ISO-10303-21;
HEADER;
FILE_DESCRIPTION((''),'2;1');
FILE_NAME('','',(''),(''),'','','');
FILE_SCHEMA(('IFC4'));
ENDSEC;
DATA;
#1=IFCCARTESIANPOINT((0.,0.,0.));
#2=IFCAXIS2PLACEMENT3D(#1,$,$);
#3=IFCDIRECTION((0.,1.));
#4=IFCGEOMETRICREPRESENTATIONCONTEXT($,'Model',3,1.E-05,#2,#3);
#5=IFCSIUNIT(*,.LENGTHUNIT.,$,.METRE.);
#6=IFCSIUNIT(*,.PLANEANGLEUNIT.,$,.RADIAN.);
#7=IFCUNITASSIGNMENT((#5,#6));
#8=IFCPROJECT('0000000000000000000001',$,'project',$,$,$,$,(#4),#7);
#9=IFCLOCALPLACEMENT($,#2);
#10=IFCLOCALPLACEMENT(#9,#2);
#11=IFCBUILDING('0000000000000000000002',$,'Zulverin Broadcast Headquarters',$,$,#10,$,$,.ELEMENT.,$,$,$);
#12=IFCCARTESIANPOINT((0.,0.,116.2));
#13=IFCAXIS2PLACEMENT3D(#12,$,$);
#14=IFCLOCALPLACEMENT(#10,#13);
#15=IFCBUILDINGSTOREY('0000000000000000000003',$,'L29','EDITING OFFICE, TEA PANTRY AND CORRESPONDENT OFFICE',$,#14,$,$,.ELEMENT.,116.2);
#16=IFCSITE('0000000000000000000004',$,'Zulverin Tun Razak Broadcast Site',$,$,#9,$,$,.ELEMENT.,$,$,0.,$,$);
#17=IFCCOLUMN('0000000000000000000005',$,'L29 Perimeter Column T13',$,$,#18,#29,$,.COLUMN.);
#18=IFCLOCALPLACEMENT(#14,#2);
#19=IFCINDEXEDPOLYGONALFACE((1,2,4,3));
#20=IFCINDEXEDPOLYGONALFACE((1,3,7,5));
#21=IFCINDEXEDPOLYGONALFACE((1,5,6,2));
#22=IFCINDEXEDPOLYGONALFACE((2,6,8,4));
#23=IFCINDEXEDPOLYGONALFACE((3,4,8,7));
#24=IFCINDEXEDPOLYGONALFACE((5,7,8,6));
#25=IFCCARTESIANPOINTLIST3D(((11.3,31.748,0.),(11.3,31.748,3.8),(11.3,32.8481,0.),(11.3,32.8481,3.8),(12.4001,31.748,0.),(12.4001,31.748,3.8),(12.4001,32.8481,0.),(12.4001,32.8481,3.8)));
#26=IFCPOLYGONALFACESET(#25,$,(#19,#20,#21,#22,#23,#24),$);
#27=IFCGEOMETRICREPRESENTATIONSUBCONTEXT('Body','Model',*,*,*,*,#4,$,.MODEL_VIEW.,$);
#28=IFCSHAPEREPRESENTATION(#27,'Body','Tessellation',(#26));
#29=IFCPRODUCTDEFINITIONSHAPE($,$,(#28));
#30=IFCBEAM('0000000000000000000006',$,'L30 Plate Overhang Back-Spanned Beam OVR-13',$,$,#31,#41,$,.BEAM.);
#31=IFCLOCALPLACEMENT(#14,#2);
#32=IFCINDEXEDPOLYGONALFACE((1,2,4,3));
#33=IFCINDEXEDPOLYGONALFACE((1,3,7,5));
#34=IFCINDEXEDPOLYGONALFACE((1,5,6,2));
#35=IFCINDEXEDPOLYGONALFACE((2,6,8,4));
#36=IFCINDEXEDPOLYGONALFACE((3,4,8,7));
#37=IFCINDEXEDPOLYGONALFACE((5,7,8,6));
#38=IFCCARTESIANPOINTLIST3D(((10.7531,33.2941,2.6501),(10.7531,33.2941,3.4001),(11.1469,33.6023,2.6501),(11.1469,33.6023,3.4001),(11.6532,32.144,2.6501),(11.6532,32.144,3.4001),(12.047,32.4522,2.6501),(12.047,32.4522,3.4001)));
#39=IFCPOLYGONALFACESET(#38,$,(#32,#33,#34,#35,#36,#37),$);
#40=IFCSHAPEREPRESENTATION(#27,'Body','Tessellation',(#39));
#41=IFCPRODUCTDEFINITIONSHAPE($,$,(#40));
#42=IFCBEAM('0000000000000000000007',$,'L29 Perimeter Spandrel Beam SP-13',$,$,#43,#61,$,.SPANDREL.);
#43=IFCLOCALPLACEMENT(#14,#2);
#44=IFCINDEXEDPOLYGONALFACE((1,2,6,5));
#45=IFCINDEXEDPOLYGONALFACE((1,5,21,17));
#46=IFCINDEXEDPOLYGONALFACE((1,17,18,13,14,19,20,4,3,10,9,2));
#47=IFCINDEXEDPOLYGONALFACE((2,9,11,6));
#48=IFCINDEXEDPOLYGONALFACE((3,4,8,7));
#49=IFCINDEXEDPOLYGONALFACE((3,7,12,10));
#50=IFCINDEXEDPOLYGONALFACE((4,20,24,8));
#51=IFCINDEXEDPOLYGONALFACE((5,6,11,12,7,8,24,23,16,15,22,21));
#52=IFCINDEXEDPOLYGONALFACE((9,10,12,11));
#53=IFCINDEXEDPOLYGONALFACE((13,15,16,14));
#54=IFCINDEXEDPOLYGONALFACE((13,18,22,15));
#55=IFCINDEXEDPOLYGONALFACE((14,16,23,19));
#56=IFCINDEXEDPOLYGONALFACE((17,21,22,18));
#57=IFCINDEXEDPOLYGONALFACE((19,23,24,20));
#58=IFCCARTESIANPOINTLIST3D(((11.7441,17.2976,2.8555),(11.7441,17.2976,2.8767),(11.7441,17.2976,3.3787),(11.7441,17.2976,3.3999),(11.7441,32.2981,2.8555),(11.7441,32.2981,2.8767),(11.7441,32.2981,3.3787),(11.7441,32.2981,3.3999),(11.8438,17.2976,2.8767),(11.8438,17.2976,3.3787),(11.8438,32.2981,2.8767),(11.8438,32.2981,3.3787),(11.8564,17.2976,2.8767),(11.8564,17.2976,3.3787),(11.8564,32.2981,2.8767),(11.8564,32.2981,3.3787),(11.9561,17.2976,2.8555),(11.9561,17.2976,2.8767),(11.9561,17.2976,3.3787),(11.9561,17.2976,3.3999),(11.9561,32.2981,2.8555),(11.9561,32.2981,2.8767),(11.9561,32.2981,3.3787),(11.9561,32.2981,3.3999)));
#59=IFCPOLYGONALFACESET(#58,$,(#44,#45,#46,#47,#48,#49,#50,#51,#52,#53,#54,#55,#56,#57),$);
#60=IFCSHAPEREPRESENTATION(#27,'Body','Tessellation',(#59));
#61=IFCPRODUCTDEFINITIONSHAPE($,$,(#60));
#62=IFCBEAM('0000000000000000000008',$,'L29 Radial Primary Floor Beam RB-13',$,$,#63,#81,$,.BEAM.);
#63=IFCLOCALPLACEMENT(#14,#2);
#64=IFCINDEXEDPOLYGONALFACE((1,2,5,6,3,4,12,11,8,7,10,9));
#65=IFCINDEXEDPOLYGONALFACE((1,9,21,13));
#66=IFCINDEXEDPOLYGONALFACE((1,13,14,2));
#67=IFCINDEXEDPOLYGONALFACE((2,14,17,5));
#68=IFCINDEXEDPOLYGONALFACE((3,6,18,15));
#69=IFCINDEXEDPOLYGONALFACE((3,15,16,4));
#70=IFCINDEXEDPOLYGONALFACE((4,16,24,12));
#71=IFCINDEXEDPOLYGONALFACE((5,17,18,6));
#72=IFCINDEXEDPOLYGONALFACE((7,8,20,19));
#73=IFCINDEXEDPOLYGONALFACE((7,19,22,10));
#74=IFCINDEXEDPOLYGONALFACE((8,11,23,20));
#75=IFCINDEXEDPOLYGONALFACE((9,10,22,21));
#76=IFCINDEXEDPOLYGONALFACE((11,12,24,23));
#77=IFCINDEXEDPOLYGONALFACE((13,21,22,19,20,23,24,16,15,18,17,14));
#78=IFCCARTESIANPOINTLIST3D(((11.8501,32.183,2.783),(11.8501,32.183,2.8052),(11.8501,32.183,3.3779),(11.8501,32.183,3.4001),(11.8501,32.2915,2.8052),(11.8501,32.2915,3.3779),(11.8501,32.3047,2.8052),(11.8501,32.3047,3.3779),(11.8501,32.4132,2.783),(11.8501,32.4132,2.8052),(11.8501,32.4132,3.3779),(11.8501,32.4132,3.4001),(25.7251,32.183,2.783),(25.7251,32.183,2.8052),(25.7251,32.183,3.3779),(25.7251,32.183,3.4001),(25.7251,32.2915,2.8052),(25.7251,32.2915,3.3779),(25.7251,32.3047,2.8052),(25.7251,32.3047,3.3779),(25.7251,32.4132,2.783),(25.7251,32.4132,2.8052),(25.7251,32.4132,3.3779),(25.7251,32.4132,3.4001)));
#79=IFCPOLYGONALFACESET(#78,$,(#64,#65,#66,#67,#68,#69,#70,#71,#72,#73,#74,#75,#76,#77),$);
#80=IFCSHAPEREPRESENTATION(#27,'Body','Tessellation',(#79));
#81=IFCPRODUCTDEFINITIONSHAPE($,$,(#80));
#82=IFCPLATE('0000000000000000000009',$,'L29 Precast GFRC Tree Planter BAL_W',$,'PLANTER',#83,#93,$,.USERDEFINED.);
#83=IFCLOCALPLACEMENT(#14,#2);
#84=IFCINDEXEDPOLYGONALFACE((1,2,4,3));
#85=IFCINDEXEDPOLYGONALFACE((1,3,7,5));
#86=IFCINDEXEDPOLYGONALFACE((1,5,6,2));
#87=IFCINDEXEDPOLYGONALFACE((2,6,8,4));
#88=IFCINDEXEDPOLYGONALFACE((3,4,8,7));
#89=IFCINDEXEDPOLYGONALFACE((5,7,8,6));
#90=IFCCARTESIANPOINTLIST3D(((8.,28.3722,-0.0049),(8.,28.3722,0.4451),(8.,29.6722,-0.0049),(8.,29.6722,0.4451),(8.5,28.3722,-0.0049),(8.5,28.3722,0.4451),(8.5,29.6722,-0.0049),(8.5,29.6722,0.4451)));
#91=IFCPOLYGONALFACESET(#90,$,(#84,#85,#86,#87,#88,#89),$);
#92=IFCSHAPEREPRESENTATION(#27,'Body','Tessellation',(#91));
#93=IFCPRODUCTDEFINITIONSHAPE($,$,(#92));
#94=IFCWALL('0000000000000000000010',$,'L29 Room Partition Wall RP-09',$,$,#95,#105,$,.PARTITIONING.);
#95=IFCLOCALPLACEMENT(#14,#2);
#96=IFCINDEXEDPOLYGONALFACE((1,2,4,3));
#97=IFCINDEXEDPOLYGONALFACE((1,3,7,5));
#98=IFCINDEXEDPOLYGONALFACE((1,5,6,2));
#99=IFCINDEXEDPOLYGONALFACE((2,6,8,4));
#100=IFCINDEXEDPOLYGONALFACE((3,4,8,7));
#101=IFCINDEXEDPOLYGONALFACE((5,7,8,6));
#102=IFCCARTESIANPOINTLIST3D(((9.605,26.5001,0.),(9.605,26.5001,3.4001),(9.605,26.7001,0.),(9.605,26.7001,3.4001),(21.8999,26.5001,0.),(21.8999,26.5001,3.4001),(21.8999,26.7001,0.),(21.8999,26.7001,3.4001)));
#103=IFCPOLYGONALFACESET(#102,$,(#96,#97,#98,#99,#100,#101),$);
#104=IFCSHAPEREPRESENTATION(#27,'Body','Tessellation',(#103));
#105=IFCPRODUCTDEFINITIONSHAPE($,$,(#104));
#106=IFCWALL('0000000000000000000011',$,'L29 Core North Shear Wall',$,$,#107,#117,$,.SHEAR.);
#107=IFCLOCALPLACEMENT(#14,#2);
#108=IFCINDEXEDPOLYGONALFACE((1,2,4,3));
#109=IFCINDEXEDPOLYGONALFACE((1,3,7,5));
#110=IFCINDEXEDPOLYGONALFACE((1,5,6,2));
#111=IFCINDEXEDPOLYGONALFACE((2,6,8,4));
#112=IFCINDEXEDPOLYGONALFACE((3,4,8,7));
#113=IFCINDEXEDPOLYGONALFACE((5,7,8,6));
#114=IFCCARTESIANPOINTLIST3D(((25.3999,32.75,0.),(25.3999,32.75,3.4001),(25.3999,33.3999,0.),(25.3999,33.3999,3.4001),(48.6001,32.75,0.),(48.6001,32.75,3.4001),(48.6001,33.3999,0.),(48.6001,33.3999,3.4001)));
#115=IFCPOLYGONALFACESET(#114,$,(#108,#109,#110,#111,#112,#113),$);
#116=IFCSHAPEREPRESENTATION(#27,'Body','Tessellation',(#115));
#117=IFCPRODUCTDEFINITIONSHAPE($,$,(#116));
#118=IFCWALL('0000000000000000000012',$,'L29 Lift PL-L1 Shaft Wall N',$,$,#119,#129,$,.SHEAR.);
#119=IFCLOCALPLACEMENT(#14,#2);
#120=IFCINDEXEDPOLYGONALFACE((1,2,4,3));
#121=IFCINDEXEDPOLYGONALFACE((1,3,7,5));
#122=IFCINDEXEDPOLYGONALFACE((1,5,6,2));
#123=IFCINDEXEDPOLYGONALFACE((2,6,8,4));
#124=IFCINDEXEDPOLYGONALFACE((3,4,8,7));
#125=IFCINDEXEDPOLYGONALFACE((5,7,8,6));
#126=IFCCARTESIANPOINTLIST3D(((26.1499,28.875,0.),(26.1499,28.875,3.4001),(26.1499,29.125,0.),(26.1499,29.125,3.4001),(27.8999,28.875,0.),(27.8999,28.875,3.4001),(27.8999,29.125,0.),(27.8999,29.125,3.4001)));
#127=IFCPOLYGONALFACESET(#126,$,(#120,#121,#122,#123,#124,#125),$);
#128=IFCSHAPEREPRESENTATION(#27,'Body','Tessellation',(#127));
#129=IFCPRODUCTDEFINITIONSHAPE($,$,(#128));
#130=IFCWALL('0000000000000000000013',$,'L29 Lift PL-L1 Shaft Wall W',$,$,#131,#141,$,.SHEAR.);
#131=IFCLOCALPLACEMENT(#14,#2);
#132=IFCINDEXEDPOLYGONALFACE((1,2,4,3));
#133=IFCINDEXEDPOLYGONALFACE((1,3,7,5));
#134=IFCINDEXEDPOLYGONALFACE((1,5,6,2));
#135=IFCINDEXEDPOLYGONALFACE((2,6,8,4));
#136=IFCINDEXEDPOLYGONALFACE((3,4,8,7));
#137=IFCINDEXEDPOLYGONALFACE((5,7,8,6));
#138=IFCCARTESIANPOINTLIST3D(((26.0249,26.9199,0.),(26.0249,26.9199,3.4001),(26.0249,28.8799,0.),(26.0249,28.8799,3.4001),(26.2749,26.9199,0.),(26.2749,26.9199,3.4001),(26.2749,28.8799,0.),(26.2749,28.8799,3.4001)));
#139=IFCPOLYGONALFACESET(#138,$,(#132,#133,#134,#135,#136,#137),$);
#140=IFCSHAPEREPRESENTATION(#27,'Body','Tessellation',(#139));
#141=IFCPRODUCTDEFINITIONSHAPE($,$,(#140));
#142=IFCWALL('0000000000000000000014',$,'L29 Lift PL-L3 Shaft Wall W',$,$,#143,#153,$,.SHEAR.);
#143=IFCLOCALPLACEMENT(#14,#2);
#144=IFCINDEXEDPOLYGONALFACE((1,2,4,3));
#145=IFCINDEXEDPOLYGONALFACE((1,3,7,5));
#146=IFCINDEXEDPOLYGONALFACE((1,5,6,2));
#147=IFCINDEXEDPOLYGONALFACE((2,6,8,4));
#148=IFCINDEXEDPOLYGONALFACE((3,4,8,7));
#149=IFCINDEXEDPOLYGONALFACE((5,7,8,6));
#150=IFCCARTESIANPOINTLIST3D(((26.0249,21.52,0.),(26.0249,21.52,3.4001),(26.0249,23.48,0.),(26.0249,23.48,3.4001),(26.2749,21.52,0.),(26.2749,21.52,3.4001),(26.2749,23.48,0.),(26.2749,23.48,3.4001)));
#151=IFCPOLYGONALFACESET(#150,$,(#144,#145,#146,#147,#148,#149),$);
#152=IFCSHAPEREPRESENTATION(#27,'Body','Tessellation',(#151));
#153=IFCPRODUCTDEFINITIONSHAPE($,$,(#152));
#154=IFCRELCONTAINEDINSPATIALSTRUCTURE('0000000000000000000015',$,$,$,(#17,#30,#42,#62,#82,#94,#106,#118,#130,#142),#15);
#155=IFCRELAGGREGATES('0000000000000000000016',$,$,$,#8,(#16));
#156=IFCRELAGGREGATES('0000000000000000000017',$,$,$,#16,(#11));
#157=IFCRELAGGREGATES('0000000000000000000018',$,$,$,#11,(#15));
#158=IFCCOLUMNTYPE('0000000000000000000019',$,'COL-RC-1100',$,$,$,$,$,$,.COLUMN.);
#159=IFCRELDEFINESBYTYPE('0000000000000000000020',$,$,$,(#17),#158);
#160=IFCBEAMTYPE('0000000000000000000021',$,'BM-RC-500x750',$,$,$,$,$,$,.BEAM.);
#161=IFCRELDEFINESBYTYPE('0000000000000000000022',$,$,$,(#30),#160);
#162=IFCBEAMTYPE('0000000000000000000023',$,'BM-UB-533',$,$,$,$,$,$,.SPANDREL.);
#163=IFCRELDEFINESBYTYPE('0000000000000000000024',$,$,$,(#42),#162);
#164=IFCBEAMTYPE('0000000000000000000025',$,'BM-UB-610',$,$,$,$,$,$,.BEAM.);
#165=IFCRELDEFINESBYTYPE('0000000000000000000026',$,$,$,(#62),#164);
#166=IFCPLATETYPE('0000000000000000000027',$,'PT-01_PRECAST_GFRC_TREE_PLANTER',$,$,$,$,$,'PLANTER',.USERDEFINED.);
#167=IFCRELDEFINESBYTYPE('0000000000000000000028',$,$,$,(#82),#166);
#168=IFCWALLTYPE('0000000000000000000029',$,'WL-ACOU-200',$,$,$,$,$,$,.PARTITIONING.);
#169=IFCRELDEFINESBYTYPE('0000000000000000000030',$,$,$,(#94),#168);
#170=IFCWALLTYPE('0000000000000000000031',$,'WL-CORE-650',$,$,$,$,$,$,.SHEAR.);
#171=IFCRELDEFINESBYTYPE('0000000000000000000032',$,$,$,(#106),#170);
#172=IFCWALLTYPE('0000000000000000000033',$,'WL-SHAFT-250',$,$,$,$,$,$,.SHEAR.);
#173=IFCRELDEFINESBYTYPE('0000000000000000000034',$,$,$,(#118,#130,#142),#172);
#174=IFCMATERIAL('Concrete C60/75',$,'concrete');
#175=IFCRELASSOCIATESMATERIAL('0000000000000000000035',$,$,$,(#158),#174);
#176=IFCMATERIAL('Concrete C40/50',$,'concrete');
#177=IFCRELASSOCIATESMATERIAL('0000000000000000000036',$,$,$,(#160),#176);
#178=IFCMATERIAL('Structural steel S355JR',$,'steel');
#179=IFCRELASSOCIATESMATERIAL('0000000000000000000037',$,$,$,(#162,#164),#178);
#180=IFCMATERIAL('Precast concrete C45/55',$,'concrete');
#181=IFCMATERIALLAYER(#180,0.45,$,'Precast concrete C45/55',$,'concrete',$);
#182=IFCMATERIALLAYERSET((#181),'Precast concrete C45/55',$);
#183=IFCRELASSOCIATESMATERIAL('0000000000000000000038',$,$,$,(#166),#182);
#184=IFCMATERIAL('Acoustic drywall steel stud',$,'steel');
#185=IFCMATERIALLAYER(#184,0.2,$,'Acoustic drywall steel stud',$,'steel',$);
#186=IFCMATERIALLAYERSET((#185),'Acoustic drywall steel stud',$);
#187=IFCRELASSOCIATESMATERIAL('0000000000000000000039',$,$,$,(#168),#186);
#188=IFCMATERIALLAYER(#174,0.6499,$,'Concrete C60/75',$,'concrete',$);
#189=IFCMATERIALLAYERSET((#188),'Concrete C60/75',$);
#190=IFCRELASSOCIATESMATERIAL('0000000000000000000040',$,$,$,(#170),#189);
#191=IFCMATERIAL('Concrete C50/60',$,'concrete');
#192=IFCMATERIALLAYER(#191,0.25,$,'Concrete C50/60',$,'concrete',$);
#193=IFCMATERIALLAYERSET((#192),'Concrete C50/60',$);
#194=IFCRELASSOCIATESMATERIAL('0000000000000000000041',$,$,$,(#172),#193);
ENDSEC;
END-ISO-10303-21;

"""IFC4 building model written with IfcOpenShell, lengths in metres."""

from ifc_helpers import new_model, si_unit, direction, frame, frame_2d, origin, origin_2d, place, context, subcontext, project, spatial, rectangle, i_section, extrude, material, layer, layer_set, material_profile, profile_set, type_object, element, save


model = new_model("IFC4")

# Units and contexts
model_context = context("Model", 3, precision=1e-05, world=origin(), true_north=direction((0.0, 1.0)))
body_context = subcontext(model_context, "Body", "Model", "MODEL_VIEW")
ifc_project = project(units=[si_unit("LENGTHUNIT", "METRE"), si_unit("PLANEANGLEUNIT", "RADIAN")], contexts=[model_context])

# Site, building, storey
site_placement = place(None, origin())
site = spatial("IfcSite", under=ifc_project, at=site_placement, Name="Zulverin Tun Razak Broadcast Site", CompositionType="ELEMENT", RefElevation=0.0)
building_placement = place(site_placement, origin())
building = spatial("IfcBuilding", under=site, at=building_placement, Name="Zulverin Broadcast Headquarters", CompositionType="ELEMENT")
storey_placement = place(building_placement, frame((0.0, 0.0, 116.2)))
storey = spatial("IfcBuildingStorey", under=building, at=storey_placement, Name="L29", Description="EDITING OFFICE, TEA PANTRY AND CORRESPONDENT OFFICE", CompositionType="ELEMENT", Elevation=116.2)

# Column
ifc_material_1 = material(Name="Concrete C60/75", Category="concrete")
ifc_material_profile_1 = material_profile(ifc_material_1, rectangle(XDim=1.1001, YDim=1.1001, at=origin_2d()), Name="Concrete C60/75", Category="concrete")
ifc_profile_set_1 = profile_set([ifc_material_profile_1], Name="Concrete C60/75")
column_type = type_object("IfcColumnType", Name="COL-RC-1100", PredefinedType="COLUMN", material=ifc_profile_set_1)
column_placement = place(storey_placement, frame((11.8501, 32.2981, 0.0), z_axis=(0.0, 0.0, 1.0), x_axis=(1.0, 0.0, 0.0)))
element("IfcColumn", 1, at=column_placement, inside=storey, type_object=column_type, Name="L29 Perimeter Column T13", PredefinedType="COLUMN", context=body_context, shape_type="SweptSolid", body=[
    extrude(rectangle(XDim=1.1001, YDim=1.1001, at=origin_2d()), origin(), (0.0, 0.0, 1.0), 3.8),
])

# Beams
ifc_material_2 = material(Name="Concrete C40/50", Category="concrete")
ifc_material_profile_2 = material_profile(ifc_material_2, rectangle(XDim=0.5, YDim=0.75, at=origin_2d()), Name="Concrete C40/50", Category="concrete")
ifc_profile_set_2 = profile_set([ifc_material_profile_2], Name="Concrete C40/50")
beam_type_1 = type_object("IfcBeamType", Name="BM-RC-500x750", PredefinedType="BEAM", material=ifc_profile_set_2)
beam_1_placement = place(storey_placement, frame((11.8501, 32.2981, 3.0251), z_axis=(-0.616322, 0.787494, 0.0), x_axis=(-0.787494, -0.616322, 0.0)))
element("IfcBeam", 2, at=beam_1_placement, inside=storey, type_object=beam_type_1, Name="L30 Plate Overhang Back-Spanned Beam OVR-13", PredefinedType="BEAM", context=body_context, shape_type="SweptSolid", body=[
    extrude(rectangle(XDim=0.5, YDim=0.75, at=origin_2d()), origin(), (0.0, 0.0, 1.0), 1.4604),
])
ifc_material_3 = material(Name="Structural steel S355JR", Category="steel")
ifc_material_profile_3 = material_profile(ifc_material_3, i_section(OverallWidth=0.2119, OverallDepth=0.5444, WebThickness=0.0127, FlangeThickness=0.0212, at=origin_2d()), Name="Structural steel S355JR", Category="steel")
ifc_profile_set_3 = profile_set([ifc_material_profile_3], Name="Structural steel S355JR")
beam_type_2 = type_object("IfcBeamType", Name="BM-UB-533", PredefinedType="SPANDREL", material=ifc_profile_set_3)
beam_2_placement = place(storey_placement, frame((11.8501, 32.2981, 3.1277), z_axis=(0.0, -1.0, 0.0), x_axis=(1.0, 0.0, 0.0)))
element("IfcBeam", 3, at=beam_2_placement, inside=storey, type_object=beam_type_2, Name="L29 Perimeter Spandrel Beam SP-13", PredefinedType="SPANDREL", context=body_context, shape_type="SweptSolid", body=[
    extrude(i_section(OverallWidth=0.2119, OverallDepth=0.5444, WebThickness=0.0127, FlangeThickness=0.0212, at=origin_2d()), origin(), (0.0, 0.0, 1.0), 15.0005),
])
ifc_material_profile_4 = material_profile(ifc_material_3, i_section(OverallWidth=0.2302, OverallDepth=0.6172, WebThickness=0.0132, FlangeThickness=0.0222, at=origin_2d()), Name="Structural steel S355JR", Category="steel")
ifc_profile_set_4 = profile_set([ifc_material_profile_4], Name="Structural steel S355JR")
beam_type_3 = type_object("IfcBeamType", Name="BM-UB-610", PredefinedType="BEAM", material=ifc_profile_set_4)
beam_3_placement = place(storey_placement, frame((25.7251, 32.2981, 3.0916), z_axis=(-1.0, 0.0, 0.0), x_axis=(0.0, -1.0, 0.0)))
element("IfcBeam", 4, at=beam_3_placement, inside=storey, type_object=beam_type_3, Name="L29 Radial Primary Floor Beam RB-13", PredefinedType="BEAM", context=body_context, shape_type="SweptSolid", body=[
    extrude(i_section(OverallWidth=0.2302, OverallDepth=0.6172, WebThickness=0.0132, FlangeThickness=0.0222, at=origin_2d()), origin(), (0.0, 0.0, 1.0), 13.875),
])

# Plate
ifc_material_4 = material(Name="Precast concrete C45/55", Category="concrete")
ifc_layer_1 = layer(ifc_material_4, 0.45, Name="Precast concrete C45/55", Category="concrete")
ifc_layer_set_1 = layer_set([ifc_layer_1], Name="Precast concrete C45/55")
plate_type = type_object("IfcPlateType", Name="PT-01_PRECAST_GFRC_TREE_PLANTER", ElementType="PLANTER", PredefinedType="USERDEFINED", material=ifc_layer_set_1)
plate_placement = place(storey_placement, frame((8.25, 29.0222, -0.0049), z_axis=(0.0, 0.0, 1.0), x_axis=(0.0, 1.0, 0.0)))
element("IfcPlate", 5, at=plate_placement, inside=storey, type_object=plate_type, Name="L29 Precast GFRC Tree Planter BAL_W", ObjectType="PLANTER", PredefinedType="USERDEFINED", context=body_context, shape_type="SweptSolid", body=[
    extrude(rectangle(XDim=1.3, YDim=0.5, at=origin_2d()), origin(), (0.0, 0.0, 1.0), 0.45),
])

# Walls
ifc_material_5 = material(Name="Acoustic drywall steel stud", Category="steel")
ifc_layer_2 = layer(ifc_material_5, 0.2, Name="Acoustic drywall steel stud", Category="steel")
ifc_layer_set_2 = layer_set([ifc_layer_2], Name="Acoustic drywall steel stud")
wall_type_1 = type_object("IfcWallType", Name="WL-ACOU-200", PredefinedType="PARTITIONING", material=ifc_layer_set_2)
wall_1_placement = place(storey_placement, frame((9.605, 26.6001, 0.0), z_axis=(0.0, 0.0, 1.0), x_axis=(1.0, 0.0, 0.0)))
element("IfcWall", 6, at=wall_1_placement, inside=storey, type_object=wall_type_1, Name="L29 Room Partition Wall RP-09", PredefinedType="PARTITIONING", context=body_context, shape_type="SweptSolid", body=[
    extrude(rectangle(XDim=12.2949, YDim=0.2, at=frame_2d((6.1475, 0.0))), origin(), (0.0, 0.0, 1.0), 3.4001),
])
ifc_layer_3 = layer(ifc_material_1, 0.6499, Name="Concrete C60/75", Category="concrete")
ifc_layer_set_3 = layer_set([ifc_layer_3], Name="Concrete C60/75")
wall_type_2 = type_object("IfcWallType", Name="WL-CORE-650", PredefinedType="SHEAR", material=ifc_layer_set_3)
wall_2_placement = place(storey_placement, frame((25.3999, 33.075, 0.0), z_axis=(0.0, 0.0, 1.0), x_axis=(1.0, 0.0, 0.0)))
element("IfcWall", 7, at=wall_2_placement, inside=storey, type_object=wall_type_2, Name="L29 Core North Shear Wall", PredefinedType="SHEAR", context=body_context, shape_type="SweptSolid", body=[
    extrude(rectangle(XDim=23.2002, YDim=0.6499, at=frame_2d((11.6001, 0.0))), origin(), (0.0, 0.0, 1.0), 3.4001),
])

# Shared definitions
ifc_material_6 = material(Name="Concrete C50/60", Category="concrete")
ifc_layer_4 = layer(ifc_material_6, 0.25, Name="Concrete C50/60", Category="concrete")
ifc_layer_set_4 = layer_set([ifc_layer_4], Name="Concrete C50/60")
wall_type_3 = type_object("IfcWallType", Name="WL-SHAFT-250", PredefinedType="SHEAR", material=ifc_layer_set_4)

# Walls
wall_3_placement = place(storey_placement, frame((26.1499, 29.0, 0.0), z_axis=(0.0, 0.0, 1.0), x_axis=(1.0, 0.0, 0.0)))
element("IfcWall", 8, at=wall_3_placement, inside=storey, type_object=wall_type_3, Name="L29 Lift PL-L1 Shaft Wall N", PredefinedType="SHEAR", context=body_context, shape_type="SweptSolid", body=[
    extrude(rectangle(XDim=1.75, YDim=0.25, at=frame_2d((0.875, 0.0))), origin(), (0.0, 0.0, 1.0), 3.4001),
])
wall_4_placement = place(storey_placement, frame((26.1499, 26.9199, 0.0), z_axis=(0.0, 0.0, 1.0), x_axis=(0.0, 1.0, 0.0)))
element("IfcWall", 9, at=wall_4_placement, inside=storey, type_object=wall_type_3, Name="L29 Lift PL-L1 Shaft Wall W", PredefinedType="SHEAR", context=body_context, shape_type="SweptSolid", body=[
    extrude(rectangle(XDim=1.96, YDim=0.25, at=frame_2d((0.98, 0.0))), origin(), (0.0, 0.0, 1.0), 3.4001),
])

# Wall
wall_5_placement = place(storey_placement, frame((26.1499, 21.52, 0.0), z_axis=(0.0, 0.0, 1.0), x_axis=(0.0, 1.0, 0.0)))
element("IfcWall", 10, at=wall_5_placement, inside=storey, type_object=wall_type_3, Name="L29 Lift PL-L3 Shaft Wall W", PredefinedType="SHEAR", context=body_context, shape_type="SweptSolid", body=[
    extrude(rectangle(XDim=1.96, YDim=0.25, at=frame_2d((0.98, 0.0))), origin(), (0.0, 0.0, 1.0), 3.4001),
])

save(model, "model.ifc")
